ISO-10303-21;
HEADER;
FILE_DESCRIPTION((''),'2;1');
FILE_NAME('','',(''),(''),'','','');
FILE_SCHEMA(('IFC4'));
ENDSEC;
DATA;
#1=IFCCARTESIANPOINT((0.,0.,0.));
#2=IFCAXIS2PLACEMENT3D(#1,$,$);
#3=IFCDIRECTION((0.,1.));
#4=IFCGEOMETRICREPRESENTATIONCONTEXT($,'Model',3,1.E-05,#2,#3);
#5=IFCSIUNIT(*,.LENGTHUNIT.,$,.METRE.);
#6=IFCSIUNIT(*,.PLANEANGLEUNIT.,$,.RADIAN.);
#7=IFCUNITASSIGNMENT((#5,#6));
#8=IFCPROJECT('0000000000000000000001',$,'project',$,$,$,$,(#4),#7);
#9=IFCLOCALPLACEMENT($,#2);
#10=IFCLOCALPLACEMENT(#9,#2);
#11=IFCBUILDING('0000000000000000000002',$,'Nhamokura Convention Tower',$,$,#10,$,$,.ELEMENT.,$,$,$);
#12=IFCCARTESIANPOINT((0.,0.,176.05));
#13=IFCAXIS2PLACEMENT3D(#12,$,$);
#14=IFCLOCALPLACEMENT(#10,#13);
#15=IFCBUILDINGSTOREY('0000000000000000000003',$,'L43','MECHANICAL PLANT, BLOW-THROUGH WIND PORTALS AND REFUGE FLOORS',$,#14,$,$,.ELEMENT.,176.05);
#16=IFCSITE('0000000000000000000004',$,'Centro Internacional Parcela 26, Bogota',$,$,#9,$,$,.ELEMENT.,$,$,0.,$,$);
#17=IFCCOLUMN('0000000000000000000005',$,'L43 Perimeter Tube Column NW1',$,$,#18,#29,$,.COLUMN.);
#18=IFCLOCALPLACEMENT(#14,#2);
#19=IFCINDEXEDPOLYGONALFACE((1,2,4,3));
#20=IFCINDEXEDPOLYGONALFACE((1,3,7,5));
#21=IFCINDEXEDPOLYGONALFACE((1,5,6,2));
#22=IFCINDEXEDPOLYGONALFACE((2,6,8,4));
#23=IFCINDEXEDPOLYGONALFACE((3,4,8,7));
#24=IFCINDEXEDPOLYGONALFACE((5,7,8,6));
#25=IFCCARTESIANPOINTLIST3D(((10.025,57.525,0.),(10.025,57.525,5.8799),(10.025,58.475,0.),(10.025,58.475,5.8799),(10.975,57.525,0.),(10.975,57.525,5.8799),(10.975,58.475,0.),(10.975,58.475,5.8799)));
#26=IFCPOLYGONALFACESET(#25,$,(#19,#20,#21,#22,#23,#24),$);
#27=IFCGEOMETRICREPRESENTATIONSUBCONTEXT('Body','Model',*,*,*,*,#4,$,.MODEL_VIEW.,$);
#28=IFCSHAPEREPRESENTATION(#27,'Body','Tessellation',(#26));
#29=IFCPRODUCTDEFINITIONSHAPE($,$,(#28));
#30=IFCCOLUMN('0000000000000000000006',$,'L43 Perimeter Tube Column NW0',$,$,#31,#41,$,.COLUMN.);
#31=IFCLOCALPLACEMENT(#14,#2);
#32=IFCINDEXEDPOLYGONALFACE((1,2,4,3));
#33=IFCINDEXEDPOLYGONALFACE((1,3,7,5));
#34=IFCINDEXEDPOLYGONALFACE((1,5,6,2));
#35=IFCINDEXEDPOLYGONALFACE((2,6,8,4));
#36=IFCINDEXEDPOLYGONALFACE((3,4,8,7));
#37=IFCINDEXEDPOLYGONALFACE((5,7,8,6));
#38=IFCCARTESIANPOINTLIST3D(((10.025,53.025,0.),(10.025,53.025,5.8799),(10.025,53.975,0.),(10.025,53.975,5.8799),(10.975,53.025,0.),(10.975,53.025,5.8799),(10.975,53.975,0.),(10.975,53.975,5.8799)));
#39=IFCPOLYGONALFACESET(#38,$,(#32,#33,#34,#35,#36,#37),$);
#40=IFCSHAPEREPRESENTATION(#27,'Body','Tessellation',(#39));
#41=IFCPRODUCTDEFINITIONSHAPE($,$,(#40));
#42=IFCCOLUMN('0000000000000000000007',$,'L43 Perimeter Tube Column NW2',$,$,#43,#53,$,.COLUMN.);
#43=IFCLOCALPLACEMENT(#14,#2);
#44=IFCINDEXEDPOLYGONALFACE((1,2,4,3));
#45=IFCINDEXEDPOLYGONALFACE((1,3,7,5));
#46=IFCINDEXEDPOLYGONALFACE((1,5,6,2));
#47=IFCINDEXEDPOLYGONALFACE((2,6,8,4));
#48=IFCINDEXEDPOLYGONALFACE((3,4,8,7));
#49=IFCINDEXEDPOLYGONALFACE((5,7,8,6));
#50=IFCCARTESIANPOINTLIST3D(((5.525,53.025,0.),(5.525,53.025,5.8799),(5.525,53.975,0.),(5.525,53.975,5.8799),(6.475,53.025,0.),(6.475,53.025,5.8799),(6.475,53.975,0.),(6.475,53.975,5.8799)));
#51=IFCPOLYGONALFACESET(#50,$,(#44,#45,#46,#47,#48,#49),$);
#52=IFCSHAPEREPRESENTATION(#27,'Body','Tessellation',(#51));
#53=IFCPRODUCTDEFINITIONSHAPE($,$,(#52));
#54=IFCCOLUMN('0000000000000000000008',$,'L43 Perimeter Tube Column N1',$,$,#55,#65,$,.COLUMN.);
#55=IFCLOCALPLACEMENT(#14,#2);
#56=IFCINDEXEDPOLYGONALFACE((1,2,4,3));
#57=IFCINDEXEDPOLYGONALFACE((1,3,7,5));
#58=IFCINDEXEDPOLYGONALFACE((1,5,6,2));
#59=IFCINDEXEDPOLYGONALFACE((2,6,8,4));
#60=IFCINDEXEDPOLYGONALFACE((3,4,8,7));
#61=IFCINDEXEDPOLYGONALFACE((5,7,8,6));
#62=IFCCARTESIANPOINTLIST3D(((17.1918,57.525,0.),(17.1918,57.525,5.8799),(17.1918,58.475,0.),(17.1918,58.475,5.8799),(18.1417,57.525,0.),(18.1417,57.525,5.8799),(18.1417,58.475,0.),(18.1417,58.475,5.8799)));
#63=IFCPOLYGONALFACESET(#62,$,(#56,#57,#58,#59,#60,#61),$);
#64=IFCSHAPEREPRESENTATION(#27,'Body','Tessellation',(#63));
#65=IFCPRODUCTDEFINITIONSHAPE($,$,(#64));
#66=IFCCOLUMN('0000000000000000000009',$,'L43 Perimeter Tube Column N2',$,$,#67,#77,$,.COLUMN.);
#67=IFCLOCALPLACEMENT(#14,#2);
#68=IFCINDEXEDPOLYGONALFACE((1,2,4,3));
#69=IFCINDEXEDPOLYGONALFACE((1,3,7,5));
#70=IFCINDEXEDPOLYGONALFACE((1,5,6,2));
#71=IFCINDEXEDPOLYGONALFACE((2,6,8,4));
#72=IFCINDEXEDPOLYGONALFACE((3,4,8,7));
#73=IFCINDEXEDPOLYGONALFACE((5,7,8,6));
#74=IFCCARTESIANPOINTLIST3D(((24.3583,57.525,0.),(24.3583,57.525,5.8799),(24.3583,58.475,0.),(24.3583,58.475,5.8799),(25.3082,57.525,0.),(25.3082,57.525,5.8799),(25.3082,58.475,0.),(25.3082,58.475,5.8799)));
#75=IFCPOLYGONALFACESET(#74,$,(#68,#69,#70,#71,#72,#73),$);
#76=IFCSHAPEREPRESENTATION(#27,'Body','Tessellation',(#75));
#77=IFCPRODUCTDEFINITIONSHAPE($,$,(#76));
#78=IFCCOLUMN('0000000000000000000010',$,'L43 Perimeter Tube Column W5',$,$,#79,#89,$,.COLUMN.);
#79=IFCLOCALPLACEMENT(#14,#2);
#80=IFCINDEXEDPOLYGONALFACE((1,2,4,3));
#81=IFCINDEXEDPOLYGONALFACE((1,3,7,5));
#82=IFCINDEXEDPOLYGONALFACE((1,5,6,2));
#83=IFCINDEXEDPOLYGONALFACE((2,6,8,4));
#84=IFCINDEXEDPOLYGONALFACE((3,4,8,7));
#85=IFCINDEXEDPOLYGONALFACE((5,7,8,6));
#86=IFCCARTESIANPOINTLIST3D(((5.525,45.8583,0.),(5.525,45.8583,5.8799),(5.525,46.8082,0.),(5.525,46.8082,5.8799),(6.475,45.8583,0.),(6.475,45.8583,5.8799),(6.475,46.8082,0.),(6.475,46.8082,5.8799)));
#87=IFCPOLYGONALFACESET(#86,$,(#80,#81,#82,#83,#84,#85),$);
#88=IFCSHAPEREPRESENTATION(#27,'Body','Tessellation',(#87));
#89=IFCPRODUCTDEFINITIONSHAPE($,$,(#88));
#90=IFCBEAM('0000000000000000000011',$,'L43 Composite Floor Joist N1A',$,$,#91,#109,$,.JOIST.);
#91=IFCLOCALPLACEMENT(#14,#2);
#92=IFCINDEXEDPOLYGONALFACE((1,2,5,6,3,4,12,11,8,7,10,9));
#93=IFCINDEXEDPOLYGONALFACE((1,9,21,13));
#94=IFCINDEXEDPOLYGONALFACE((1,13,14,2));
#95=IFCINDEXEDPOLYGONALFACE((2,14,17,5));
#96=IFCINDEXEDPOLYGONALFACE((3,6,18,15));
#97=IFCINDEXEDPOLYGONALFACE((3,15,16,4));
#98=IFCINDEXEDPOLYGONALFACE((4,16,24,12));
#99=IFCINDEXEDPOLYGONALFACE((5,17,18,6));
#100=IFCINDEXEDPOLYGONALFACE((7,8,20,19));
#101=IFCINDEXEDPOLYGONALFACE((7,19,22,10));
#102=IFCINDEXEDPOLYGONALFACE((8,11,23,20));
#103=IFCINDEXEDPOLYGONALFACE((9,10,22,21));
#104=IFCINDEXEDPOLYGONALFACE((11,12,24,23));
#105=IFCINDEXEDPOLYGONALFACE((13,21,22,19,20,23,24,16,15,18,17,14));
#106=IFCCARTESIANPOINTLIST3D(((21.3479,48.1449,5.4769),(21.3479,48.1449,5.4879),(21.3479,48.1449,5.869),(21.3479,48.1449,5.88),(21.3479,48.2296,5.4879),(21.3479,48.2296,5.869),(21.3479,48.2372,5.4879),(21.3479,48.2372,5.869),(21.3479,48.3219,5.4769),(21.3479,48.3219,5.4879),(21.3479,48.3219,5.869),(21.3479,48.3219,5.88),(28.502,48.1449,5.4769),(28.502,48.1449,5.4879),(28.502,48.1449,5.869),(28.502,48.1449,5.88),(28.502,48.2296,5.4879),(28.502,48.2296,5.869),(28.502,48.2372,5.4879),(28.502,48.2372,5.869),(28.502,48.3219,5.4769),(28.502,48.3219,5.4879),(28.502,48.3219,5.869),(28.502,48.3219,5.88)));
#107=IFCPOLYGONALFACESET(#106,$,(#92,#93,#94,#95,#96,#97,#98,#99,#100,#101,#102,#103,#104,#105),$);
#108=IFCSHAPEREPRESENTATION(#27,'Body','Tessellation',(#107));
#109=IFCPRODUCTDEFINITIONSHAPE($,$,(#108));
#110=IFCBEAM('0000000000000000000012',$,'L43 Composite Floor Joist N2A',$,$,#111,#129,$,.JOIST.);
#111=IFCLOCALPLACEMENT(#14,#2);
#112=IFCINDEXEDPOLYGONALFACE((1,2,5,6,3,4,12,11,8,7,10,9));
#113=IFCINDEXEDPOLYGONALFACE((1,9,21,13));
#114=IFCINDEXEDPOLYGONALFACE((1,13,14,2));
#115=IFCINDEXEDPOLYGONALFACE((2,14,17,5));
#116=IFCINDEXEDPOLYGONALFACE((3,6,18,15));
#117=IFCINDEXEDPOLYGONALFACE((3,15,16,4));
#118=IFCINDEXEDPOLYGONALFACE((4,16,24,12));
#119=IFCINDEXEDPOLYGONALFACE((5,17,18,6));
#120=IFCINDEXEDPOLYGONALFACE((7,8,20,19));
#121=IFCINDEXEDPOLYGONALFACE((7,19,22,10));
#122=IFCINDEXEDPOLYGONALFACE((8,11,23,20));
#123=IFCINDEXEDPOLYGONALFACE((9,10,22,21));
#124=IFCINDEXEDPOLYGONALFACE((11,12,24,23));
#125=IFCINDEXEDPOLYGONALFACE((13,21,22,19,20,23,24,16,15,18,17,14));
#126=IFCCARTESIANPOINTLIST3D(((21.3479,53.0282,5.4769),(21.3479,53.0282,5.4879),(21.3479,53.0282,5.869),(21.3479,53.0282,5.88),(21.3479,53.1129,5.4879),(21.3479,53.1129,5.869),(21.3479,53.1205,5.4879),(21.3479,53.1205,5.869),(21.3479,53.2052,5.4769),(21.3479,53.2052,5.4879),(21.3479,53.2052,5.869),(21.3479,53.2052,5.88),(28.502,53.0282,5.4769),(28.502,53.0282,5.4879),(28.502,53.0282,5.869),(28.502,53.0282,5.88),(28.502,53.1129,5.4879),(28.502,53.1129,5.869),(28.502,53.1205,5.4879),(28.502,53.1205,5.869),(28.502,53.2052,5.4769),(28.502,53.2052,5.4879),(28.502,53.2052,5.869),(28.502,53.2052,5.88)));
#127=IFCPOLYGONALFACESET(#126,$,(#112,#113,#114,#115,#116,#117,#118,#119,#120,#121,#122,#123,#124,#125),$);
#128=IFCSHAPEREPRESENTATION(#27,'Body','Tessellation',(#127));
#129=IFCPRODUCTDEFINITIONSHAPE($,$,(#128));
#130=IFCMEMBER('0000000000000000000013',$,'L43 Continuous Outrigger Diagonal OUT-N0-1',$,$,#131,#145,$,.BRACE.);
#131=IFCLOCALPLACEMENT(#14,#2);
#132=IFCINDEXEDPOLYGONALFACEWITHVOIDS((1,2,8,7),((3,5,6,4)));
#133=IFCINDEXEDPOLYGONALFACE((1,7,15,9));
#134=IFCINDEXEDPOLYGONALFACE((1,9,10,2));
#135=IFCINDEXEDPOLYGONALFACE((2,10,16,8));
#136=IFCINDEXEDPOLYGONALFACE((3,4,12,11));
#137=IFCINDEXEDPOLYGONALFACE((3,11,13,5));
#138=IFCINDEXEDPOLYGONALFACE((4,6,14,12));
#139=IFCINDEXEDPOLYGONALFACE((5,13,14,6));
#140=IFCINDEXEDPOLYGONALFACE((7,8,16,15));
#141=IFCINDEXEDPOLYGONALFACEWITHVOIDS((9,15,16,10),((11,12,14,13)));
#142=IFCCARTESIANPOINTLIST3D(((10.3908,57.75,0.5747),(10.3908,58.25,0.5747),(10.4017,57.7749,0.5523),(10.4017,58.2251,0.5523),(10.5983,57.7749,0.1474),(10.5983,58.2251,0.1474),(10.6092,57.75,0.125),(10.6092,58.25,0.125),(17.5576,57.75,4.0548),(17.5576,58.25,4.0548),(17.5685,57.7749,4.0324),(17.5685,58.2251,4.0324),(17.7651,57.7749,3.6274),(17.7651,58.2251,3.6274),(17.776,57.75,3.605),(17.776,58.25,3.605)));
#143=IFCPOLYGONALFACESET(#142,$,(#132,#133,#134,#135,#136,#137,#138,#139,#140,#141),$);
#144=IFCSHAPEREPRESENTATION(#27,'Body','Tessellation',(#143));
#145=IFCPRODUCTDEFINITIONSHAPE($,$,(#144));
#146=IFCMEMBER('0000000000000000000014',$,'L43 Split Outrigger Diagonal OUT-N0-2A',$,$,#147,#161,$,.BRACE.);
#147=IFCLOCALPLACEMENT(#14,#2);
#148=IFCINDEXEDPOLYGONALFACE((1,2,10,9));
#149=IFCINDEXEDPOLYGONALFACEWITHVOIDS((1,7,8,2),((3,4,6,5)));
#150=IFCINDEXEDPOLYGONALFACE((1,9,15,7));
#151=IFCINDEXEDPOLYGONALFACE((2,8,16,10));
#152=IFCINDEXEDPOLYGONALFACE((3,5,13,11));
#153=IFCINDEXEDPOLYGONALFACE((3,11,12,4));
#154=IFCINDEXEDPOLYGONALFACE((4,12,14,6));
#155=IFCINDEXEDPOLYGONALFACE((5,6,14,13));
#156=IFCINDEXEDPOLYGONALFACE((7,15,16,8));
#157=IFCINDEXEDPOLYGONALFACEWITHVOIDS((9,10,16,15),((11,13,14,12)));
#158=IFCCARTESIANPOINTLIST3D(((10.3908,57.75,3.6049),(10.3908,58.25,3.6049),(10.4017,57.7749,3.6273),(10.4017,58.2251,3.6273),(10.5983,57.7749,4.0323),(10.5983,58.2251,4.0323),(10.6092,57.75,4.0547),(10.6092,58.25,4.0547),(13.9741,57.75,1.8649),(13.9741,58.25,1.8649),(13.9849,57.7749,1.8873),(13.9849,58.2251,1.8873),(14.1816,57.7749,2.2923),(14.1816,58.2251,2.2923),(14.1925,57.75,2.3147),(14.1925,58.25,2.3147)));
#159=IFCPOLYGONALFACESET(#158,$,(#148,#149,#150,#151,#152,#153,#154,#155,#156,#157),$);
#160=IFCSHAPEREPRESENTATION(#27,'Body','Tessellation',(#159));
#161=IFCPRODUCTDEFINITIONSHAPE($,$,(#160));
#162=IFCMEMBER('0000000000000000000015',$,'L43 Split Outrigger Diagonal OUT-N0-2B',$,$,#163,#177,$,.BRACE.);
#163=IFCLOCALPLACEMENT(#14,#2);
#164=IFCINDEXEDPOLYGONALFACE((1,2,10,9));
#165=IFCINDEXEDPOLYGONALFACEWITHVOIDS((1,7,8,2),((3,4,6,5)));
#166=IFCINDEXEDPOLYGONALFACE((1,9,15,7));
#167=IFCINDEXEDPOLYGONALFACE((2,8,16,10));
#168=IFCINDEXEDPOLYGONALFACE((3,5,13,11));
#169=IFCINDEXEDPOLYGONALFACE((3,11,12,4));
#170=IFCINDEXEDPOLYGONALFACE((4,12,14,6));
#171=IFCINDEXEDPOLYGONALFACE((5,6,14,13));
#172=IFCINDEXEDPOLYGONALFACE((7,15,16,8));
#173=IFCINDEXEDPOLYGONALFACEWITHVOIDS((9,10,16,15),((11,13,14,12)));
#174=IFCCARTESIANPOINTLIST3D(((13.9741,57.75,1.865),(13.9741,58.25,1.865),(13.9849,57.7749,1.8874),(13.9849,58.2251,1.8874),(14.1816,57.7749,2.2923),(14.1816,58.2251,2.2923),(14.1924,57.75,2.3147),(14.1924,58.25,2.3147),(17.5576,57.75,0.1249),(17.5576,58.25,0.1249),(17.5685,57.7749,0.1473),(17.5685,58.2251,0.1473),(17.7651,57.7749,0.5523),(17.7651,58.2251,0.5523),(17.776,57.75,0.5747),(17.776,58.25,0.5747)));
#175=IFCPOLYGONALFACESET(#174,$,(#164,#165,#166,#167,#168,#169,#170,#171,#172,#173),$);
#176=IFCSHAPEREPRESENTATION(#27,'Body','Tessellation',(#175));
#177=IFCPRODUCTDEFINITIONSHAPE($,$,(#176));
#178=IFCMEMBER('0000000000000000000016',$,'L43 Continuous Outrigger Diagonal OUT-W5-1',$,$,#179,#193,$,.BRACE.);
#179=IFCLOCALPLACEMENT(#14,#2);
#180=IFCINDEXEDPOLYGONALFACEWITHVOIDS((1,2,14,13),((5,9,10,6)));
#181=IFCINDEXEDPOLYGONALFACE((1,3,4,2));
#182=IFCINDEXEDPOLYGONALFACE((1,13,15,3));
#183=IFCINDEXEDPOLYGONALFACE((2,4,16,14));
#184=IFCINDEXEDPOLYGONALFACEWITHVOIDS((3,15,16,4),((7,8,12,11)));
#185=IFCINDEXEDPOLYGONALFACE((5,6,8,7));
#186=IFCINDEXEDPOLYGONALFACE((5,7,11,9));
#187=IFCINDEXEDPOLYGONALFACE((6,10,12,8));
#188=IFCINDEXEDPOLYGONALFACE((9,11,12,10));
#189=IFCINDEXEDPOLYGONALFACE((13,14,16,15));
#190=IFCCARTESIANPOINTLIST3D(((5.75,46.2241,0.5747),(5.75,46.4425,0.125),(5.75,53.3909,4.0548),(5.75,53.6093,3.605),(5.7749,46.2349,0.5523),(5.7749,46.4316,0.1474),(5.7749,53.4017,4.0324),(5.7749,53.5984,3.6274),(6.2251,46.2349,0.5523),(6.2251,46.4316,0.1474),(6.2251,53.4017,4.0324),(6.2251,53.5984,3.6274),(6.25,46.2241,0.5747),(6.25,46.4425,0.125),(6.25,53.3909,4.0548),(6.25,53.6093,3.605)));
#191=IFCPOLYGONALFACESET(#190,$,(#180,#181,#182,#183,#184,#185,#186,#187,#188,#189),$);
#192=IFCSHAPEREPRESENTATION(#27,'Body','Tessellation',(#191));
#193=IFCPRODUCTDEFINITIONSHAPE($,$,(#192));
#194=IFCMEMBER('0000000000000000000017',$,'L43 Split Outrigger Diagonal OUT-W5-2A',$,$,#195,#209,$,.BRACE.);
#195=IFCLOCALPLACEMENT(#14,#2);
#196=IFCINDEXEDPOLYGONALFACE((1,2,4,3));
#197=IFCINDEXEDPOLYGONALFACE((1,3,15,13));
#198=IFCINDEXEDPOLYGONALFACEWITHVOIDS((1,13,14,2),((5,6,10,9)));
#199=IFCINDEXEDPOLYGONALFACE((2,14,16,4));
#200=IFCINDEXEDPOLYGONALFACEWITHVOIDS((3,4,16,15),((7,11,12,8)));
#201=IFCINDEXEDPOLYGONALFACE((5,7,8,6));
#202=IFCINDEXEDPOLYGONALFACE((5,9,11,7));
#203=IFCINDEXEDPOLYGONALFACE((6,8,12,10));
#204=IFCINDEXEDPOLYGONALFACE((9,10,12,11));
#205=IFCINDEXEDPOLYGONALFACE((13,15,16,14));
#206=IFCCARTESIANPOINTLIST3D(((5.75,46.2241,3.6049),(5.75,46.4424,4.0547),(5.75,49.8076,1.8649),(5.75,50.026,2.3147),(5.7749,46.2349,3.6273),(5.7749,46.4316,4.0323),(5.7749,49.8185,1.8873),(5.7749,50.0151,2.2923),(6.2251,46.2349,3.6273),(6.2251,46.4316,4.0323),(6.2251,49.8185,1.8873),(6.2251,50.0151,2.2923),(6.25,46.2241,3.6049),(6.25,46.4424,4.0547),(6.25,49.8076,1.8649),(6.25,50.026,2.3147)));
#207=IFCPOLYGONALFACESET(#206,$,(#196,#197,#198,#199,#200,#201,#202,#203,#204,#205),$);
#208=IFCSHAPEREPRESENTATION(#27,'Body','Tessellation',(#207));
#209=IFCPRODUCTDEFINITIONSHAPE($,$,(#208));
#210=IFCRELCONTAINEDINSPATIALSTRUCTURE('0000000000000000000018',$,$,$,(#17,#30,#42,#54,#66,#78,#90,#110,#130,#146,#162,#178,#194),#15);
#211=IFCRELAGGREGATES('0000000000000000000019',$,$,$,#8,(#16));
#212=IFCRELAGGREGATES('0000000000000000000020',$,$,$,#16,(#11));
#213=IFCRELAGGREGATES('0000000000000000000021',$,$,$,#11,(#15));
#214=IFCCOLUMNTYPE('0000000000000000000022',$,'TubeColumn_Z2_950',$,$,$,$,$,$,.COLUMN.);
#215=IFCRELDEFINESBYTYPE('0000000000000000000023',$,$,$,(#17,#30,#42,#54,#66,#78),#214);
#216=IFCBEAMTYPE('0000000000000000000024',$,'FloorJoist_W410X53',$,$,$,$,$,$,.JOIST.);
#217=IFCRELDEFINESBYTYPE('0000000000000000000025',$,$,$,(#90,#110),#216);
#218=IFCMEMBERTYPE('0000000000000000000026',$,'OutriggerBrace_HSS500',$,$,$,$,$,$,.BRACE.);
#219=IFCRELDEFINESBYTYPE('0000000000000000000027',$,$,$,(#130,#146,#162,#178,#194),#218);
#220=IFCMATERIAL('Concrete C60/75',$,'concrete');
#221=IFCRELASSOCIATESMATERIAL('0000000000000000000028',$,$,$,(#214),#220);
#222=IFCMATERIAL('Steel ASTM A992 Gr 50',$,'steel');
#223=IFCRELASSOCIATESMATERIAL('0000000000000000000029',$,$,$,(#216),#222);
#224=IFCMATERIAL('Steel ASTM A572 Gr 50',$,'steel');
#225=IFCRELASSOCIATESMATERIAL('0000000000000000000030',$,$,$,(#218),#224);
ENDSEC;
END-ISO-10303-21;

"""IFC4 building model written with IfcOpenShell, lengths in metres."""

from ifc_helpers import new_model, si_unit, direction, frame, origin, origin_2d, place, context, subcontext, project, spatial, rectangle, hollow_rectangle, i_section, extrude, material, material_profile, profile_set, type_object, element, save


model = new_model("IFC4")

# Units and contexts
model_context = context("Model", 3, precision=1e-05, world=origin(), true_north=direction((0.0, 1.0)))
body_context = subcontext(model_context, "Body", "Model", "MODEL_VIEW")
ifc_project = project(units=[si_unit("LENGTHUNIT", "METRE"), si_unit("PLANEANGLEUNIT", "RADIAN")], contexts=[model_context])

# Site, building, storey
site_placement = place(None, origin())
site = spatial("IfcSite", under=ifc_project, at=site_placement, Name="Centro Internacional Parcela 26, Bogota", CompositionType="ELEMENT", RefElevation=0.0)
building_placement = place(site_placement, origin())
building = spatial("IfcBuilding", under=site, at=building_placement, Name="Nhamokura Convention Tower", CompositionType="ELEMENT")
storey_placement = place(building_placement, frame((0.0, 0.0, 176.05)))
storey = spatial("IfcBuildingStorey", under=building, at=storey_placement, Name="L43", Description="MECHANICAL PLANT, BLOW-THROUGH WIND PORTALS AND REFUGE FLOORS", CompositionType="ELEMENT", Elevation=176.05)

# Columns
ifc_material_1 = material(Name="Concrete C60/75", Category="concrete")
ifc_material_profile_1 = material_profile(ifc_material_1, rectangle(XDim=0.95, YDim=0.95, at=origin_2d()))
ifc_profile_set_1 = profile_set([ifc_material_profile_1], Name="Concrete C60/75")
column_type = type_object("IfcColumnType", Name="TubeColumn_Z2_950", PredefinedType="COLUMN", material=ifc_profile_set_1)
for number, where, z_axis, x_axis, name in (
    (1, (10.5, 58.0, 0.0), (0.0, 0.0, 1.0), (1.0, 0.0, 0.0), "L43 Perimeter Tube Column NW1"),
    (2, (10.5, 53.5, 0.0), (0.0, 0.0, 1.0), (1.0, 0.0, 0.0), "L43 Perimeter Tube Column NW0"),
    (3, (6.0, 53.5, 0.0), (0.0, 0.0, 1.0), (1.0, 0.0, 0.0), "L43 Perimeter Tube Column NW2"),
    (4, (17.6667, 58.0, 0.0), (0.0, 0.0, 1.0), (1.0, 0.0, 0.0), "L43 Perimeter Tube Column N1"),
    (5, (24.8333, 58.0, 0.0), (0.0, 0.0, 1.0), (1.0, 0.0, 0.0), "L43 Perimeter Tube Column N2"),
    (6, (6.0, 46.3333, 0.0), (0.0, 0.0, 1.0), (1.0, 0.0, 0.0), "L43 Perimeter Tube Column W5"),
):
    element("IfcColumn", number, at=place(storey_placement, frame(where, z_axis=z_axis, x_axis=x_axis)), inside=storey, type_object=column_type, Name=name, PredefinedType="COLUMN", context=body_context, shape_type="SweptSolid", body=[
        extrude(rectangle(XDim=0.95, YDim=0.95, at=origin_2d()), origin(), (0.0, 0.0, 1.0), 5.8799),
    ])

# Beams
ifc_material_2 = material(Name="Steel ASTM A992 Gr 50", Category="steel")
ifc_material_profile_2 = material_profile(ifc_material_2, i_section(OverallWidth=0.177, OverallDepth=0.4031, WebThickness=0.0076, FlangeThickness=0.011, at=origin_2d()))
ifc_profile_set_2 = profile_set([ifc_material_profile_2], Name="Steel ASTM A992 Gr 50")
beam_type_1 = type_object("IfcBeamType", Name="FloorJoist_W410X53", PredefinedType="JOIST", material=ifc_profile_set_2)
for number, where, z_axis, x_axis, name in (
    (7, (21.3479, 48.2334, 5.6785), (1.0, 0.0, 0.0), (0.0, 1.0, 0.0), "L43 Composite Floor Joist N1A"),
    (8, (21.3479, 53.1167, 5.6785), (1.0, 0.0, 0.0), (0.0, 1.0, 0.0), "L43 Composite Floor Joist N2A"),
):
    element("IfcBeam", number, at=place(storey_placement, frame(where, z_axis=z_axis, x_axis=x_axis)), inside=storey, type_object=beam_type_1, Name=name, PredefinedType="JOIST", context=body_context, shape_type="SweptSolid", body=[
        extrude(i_section(OverallWidth=0.177, OverallDepth=0.4031, WebThickness=0.0076, FlangeThickness=0.011, at=origin_2d()), origin(), (0.0, 0.0, 1.0), 7.1541),
    ])

# Members
ifc_material_3 = material(Name="Steel ASTM A572 Gr 50", Category="steel")
ifc_material_profile_3 = material_profile(ifc_material_3, hollow_rectangle(XDim=0.5, YDim=0.5, WallThickness=0.0249, at=origin_2d()))
ifc_profile_set_3 = profile_set([ifc_material_profile_3], Name="Steel ASTM A572 Gr 50")
member_type_1 = type_object("IfcMemberType", Name="OutriggerBrace_HSS500", PredefinedType="BRACE", material=ifc_profile_set_3)
member_1_placement = place(storey_placement, frame((10.5, 58.0, 0.3499), z_axis=(0.899558, 0.0, 0.436801), x_axis=(0.0, 1.0, 0.0)))
element("IfcMember", 9, at=member_1_placement, inside=storey, type_object=member_type_1, Name="L43 Continuous Outrigger Diagonal OUT-N0-1", PredefinedType="BRACE", context=body_context, shape_type="SweptSolid", body=[
    extrude(hollow_rectangle(XDim=0.5, YDim=0.5, WallThickness=0.0249, at=origin_2d()), origin(), (0.0, 0.0, 1.0), 7.967),
])
member_2_placement = place(storey_placement, frame((10.5, 58.0, 3.8298), z_axis=(0.899552, 0.0, -0.436813), x_axis=(0.0, 1.0, 0.0)))
element("IfcMember", 10, at=member_2_placement, inside=storey, type_object=member_type_1, Name="L43 Split Outrigger Diagonal OUT-N0-2A", PredefinedType="BRACE", context=body_context, shape_type="SweptSolid", body=[
    extrude(hollow_rectangle(XDim=0.5, YDim=0.5, WallThickness=0.0249, at=origin_2d()), origin(), (0.0, 0.0, 1.0), 3.9834),
])
member_3_placement = place(storey_placement, frame((14.0833, 58.0, 2.0898), z_axis=(0.899564, 0.0, -0.436789), x_axis=(0.0, 1.0, 0.0)))
element("IfcMember", 11, at=member_3_placement, inside=storey, type_object=member_type_1, Name="L43 Split Outrigger Diagonal OUT-N0-2B", PredefinedType="BRACE", context=body_context, shape_type="SweptSolid", body=[
    extrude(hollow_rectangle(XDim=0.5, YDim=0.5, WallThickness=0.0249, at=origin_2d()), origin(), (0.0, 0.0, 1.0), 3.9836),
])
member_4_placement = place(storey_placement, frame((6.0, 46.3333, 0.3499), z_axis=(0.0, 0.899558, 0.436801), x_axis=(-1.0, 0.0, 0.0)))
element("IfcMember", 12, at=member_4_placement, inside=storey, type_object=member_type_1, Name="L43 Continuous Outrigger Diagonal OUT-W5-1", PredefinedType="BRACE", context=body_context, shape_type="SweptSolid", body=[
    extrude(hollow_rectangle(XDim=0.5, YDim=0.5, WallThickness=0.0249, at=origin_2d()), origin(), (0.0, 0.0, 1.0), 7.967),
])
member_5_placement = place(storey_placement, frame((6.0, 46.3333, 3.8298), z_axis=(0.0, 0.899564, -0.436789), x_axis=(-1.0, 0.0, 0.0)))
element("IfcMember", 13, at=member_5_placement, inside=storey, type_object=member_type_1, Name="L43 Split Outrigger Diagonal OUT-W5-2A", PredefinedType="BRACE", context=body_context, shape_type="SweptSolid", body=[
    extrude(hollow_rectangle(XDim=0.5, YDim=0.5, WallThickness=0.0249, at=origin_2d()), origin(), (0.0, 0.0, 1.0), 3.9836),
])

save(model, "model.ifc")
